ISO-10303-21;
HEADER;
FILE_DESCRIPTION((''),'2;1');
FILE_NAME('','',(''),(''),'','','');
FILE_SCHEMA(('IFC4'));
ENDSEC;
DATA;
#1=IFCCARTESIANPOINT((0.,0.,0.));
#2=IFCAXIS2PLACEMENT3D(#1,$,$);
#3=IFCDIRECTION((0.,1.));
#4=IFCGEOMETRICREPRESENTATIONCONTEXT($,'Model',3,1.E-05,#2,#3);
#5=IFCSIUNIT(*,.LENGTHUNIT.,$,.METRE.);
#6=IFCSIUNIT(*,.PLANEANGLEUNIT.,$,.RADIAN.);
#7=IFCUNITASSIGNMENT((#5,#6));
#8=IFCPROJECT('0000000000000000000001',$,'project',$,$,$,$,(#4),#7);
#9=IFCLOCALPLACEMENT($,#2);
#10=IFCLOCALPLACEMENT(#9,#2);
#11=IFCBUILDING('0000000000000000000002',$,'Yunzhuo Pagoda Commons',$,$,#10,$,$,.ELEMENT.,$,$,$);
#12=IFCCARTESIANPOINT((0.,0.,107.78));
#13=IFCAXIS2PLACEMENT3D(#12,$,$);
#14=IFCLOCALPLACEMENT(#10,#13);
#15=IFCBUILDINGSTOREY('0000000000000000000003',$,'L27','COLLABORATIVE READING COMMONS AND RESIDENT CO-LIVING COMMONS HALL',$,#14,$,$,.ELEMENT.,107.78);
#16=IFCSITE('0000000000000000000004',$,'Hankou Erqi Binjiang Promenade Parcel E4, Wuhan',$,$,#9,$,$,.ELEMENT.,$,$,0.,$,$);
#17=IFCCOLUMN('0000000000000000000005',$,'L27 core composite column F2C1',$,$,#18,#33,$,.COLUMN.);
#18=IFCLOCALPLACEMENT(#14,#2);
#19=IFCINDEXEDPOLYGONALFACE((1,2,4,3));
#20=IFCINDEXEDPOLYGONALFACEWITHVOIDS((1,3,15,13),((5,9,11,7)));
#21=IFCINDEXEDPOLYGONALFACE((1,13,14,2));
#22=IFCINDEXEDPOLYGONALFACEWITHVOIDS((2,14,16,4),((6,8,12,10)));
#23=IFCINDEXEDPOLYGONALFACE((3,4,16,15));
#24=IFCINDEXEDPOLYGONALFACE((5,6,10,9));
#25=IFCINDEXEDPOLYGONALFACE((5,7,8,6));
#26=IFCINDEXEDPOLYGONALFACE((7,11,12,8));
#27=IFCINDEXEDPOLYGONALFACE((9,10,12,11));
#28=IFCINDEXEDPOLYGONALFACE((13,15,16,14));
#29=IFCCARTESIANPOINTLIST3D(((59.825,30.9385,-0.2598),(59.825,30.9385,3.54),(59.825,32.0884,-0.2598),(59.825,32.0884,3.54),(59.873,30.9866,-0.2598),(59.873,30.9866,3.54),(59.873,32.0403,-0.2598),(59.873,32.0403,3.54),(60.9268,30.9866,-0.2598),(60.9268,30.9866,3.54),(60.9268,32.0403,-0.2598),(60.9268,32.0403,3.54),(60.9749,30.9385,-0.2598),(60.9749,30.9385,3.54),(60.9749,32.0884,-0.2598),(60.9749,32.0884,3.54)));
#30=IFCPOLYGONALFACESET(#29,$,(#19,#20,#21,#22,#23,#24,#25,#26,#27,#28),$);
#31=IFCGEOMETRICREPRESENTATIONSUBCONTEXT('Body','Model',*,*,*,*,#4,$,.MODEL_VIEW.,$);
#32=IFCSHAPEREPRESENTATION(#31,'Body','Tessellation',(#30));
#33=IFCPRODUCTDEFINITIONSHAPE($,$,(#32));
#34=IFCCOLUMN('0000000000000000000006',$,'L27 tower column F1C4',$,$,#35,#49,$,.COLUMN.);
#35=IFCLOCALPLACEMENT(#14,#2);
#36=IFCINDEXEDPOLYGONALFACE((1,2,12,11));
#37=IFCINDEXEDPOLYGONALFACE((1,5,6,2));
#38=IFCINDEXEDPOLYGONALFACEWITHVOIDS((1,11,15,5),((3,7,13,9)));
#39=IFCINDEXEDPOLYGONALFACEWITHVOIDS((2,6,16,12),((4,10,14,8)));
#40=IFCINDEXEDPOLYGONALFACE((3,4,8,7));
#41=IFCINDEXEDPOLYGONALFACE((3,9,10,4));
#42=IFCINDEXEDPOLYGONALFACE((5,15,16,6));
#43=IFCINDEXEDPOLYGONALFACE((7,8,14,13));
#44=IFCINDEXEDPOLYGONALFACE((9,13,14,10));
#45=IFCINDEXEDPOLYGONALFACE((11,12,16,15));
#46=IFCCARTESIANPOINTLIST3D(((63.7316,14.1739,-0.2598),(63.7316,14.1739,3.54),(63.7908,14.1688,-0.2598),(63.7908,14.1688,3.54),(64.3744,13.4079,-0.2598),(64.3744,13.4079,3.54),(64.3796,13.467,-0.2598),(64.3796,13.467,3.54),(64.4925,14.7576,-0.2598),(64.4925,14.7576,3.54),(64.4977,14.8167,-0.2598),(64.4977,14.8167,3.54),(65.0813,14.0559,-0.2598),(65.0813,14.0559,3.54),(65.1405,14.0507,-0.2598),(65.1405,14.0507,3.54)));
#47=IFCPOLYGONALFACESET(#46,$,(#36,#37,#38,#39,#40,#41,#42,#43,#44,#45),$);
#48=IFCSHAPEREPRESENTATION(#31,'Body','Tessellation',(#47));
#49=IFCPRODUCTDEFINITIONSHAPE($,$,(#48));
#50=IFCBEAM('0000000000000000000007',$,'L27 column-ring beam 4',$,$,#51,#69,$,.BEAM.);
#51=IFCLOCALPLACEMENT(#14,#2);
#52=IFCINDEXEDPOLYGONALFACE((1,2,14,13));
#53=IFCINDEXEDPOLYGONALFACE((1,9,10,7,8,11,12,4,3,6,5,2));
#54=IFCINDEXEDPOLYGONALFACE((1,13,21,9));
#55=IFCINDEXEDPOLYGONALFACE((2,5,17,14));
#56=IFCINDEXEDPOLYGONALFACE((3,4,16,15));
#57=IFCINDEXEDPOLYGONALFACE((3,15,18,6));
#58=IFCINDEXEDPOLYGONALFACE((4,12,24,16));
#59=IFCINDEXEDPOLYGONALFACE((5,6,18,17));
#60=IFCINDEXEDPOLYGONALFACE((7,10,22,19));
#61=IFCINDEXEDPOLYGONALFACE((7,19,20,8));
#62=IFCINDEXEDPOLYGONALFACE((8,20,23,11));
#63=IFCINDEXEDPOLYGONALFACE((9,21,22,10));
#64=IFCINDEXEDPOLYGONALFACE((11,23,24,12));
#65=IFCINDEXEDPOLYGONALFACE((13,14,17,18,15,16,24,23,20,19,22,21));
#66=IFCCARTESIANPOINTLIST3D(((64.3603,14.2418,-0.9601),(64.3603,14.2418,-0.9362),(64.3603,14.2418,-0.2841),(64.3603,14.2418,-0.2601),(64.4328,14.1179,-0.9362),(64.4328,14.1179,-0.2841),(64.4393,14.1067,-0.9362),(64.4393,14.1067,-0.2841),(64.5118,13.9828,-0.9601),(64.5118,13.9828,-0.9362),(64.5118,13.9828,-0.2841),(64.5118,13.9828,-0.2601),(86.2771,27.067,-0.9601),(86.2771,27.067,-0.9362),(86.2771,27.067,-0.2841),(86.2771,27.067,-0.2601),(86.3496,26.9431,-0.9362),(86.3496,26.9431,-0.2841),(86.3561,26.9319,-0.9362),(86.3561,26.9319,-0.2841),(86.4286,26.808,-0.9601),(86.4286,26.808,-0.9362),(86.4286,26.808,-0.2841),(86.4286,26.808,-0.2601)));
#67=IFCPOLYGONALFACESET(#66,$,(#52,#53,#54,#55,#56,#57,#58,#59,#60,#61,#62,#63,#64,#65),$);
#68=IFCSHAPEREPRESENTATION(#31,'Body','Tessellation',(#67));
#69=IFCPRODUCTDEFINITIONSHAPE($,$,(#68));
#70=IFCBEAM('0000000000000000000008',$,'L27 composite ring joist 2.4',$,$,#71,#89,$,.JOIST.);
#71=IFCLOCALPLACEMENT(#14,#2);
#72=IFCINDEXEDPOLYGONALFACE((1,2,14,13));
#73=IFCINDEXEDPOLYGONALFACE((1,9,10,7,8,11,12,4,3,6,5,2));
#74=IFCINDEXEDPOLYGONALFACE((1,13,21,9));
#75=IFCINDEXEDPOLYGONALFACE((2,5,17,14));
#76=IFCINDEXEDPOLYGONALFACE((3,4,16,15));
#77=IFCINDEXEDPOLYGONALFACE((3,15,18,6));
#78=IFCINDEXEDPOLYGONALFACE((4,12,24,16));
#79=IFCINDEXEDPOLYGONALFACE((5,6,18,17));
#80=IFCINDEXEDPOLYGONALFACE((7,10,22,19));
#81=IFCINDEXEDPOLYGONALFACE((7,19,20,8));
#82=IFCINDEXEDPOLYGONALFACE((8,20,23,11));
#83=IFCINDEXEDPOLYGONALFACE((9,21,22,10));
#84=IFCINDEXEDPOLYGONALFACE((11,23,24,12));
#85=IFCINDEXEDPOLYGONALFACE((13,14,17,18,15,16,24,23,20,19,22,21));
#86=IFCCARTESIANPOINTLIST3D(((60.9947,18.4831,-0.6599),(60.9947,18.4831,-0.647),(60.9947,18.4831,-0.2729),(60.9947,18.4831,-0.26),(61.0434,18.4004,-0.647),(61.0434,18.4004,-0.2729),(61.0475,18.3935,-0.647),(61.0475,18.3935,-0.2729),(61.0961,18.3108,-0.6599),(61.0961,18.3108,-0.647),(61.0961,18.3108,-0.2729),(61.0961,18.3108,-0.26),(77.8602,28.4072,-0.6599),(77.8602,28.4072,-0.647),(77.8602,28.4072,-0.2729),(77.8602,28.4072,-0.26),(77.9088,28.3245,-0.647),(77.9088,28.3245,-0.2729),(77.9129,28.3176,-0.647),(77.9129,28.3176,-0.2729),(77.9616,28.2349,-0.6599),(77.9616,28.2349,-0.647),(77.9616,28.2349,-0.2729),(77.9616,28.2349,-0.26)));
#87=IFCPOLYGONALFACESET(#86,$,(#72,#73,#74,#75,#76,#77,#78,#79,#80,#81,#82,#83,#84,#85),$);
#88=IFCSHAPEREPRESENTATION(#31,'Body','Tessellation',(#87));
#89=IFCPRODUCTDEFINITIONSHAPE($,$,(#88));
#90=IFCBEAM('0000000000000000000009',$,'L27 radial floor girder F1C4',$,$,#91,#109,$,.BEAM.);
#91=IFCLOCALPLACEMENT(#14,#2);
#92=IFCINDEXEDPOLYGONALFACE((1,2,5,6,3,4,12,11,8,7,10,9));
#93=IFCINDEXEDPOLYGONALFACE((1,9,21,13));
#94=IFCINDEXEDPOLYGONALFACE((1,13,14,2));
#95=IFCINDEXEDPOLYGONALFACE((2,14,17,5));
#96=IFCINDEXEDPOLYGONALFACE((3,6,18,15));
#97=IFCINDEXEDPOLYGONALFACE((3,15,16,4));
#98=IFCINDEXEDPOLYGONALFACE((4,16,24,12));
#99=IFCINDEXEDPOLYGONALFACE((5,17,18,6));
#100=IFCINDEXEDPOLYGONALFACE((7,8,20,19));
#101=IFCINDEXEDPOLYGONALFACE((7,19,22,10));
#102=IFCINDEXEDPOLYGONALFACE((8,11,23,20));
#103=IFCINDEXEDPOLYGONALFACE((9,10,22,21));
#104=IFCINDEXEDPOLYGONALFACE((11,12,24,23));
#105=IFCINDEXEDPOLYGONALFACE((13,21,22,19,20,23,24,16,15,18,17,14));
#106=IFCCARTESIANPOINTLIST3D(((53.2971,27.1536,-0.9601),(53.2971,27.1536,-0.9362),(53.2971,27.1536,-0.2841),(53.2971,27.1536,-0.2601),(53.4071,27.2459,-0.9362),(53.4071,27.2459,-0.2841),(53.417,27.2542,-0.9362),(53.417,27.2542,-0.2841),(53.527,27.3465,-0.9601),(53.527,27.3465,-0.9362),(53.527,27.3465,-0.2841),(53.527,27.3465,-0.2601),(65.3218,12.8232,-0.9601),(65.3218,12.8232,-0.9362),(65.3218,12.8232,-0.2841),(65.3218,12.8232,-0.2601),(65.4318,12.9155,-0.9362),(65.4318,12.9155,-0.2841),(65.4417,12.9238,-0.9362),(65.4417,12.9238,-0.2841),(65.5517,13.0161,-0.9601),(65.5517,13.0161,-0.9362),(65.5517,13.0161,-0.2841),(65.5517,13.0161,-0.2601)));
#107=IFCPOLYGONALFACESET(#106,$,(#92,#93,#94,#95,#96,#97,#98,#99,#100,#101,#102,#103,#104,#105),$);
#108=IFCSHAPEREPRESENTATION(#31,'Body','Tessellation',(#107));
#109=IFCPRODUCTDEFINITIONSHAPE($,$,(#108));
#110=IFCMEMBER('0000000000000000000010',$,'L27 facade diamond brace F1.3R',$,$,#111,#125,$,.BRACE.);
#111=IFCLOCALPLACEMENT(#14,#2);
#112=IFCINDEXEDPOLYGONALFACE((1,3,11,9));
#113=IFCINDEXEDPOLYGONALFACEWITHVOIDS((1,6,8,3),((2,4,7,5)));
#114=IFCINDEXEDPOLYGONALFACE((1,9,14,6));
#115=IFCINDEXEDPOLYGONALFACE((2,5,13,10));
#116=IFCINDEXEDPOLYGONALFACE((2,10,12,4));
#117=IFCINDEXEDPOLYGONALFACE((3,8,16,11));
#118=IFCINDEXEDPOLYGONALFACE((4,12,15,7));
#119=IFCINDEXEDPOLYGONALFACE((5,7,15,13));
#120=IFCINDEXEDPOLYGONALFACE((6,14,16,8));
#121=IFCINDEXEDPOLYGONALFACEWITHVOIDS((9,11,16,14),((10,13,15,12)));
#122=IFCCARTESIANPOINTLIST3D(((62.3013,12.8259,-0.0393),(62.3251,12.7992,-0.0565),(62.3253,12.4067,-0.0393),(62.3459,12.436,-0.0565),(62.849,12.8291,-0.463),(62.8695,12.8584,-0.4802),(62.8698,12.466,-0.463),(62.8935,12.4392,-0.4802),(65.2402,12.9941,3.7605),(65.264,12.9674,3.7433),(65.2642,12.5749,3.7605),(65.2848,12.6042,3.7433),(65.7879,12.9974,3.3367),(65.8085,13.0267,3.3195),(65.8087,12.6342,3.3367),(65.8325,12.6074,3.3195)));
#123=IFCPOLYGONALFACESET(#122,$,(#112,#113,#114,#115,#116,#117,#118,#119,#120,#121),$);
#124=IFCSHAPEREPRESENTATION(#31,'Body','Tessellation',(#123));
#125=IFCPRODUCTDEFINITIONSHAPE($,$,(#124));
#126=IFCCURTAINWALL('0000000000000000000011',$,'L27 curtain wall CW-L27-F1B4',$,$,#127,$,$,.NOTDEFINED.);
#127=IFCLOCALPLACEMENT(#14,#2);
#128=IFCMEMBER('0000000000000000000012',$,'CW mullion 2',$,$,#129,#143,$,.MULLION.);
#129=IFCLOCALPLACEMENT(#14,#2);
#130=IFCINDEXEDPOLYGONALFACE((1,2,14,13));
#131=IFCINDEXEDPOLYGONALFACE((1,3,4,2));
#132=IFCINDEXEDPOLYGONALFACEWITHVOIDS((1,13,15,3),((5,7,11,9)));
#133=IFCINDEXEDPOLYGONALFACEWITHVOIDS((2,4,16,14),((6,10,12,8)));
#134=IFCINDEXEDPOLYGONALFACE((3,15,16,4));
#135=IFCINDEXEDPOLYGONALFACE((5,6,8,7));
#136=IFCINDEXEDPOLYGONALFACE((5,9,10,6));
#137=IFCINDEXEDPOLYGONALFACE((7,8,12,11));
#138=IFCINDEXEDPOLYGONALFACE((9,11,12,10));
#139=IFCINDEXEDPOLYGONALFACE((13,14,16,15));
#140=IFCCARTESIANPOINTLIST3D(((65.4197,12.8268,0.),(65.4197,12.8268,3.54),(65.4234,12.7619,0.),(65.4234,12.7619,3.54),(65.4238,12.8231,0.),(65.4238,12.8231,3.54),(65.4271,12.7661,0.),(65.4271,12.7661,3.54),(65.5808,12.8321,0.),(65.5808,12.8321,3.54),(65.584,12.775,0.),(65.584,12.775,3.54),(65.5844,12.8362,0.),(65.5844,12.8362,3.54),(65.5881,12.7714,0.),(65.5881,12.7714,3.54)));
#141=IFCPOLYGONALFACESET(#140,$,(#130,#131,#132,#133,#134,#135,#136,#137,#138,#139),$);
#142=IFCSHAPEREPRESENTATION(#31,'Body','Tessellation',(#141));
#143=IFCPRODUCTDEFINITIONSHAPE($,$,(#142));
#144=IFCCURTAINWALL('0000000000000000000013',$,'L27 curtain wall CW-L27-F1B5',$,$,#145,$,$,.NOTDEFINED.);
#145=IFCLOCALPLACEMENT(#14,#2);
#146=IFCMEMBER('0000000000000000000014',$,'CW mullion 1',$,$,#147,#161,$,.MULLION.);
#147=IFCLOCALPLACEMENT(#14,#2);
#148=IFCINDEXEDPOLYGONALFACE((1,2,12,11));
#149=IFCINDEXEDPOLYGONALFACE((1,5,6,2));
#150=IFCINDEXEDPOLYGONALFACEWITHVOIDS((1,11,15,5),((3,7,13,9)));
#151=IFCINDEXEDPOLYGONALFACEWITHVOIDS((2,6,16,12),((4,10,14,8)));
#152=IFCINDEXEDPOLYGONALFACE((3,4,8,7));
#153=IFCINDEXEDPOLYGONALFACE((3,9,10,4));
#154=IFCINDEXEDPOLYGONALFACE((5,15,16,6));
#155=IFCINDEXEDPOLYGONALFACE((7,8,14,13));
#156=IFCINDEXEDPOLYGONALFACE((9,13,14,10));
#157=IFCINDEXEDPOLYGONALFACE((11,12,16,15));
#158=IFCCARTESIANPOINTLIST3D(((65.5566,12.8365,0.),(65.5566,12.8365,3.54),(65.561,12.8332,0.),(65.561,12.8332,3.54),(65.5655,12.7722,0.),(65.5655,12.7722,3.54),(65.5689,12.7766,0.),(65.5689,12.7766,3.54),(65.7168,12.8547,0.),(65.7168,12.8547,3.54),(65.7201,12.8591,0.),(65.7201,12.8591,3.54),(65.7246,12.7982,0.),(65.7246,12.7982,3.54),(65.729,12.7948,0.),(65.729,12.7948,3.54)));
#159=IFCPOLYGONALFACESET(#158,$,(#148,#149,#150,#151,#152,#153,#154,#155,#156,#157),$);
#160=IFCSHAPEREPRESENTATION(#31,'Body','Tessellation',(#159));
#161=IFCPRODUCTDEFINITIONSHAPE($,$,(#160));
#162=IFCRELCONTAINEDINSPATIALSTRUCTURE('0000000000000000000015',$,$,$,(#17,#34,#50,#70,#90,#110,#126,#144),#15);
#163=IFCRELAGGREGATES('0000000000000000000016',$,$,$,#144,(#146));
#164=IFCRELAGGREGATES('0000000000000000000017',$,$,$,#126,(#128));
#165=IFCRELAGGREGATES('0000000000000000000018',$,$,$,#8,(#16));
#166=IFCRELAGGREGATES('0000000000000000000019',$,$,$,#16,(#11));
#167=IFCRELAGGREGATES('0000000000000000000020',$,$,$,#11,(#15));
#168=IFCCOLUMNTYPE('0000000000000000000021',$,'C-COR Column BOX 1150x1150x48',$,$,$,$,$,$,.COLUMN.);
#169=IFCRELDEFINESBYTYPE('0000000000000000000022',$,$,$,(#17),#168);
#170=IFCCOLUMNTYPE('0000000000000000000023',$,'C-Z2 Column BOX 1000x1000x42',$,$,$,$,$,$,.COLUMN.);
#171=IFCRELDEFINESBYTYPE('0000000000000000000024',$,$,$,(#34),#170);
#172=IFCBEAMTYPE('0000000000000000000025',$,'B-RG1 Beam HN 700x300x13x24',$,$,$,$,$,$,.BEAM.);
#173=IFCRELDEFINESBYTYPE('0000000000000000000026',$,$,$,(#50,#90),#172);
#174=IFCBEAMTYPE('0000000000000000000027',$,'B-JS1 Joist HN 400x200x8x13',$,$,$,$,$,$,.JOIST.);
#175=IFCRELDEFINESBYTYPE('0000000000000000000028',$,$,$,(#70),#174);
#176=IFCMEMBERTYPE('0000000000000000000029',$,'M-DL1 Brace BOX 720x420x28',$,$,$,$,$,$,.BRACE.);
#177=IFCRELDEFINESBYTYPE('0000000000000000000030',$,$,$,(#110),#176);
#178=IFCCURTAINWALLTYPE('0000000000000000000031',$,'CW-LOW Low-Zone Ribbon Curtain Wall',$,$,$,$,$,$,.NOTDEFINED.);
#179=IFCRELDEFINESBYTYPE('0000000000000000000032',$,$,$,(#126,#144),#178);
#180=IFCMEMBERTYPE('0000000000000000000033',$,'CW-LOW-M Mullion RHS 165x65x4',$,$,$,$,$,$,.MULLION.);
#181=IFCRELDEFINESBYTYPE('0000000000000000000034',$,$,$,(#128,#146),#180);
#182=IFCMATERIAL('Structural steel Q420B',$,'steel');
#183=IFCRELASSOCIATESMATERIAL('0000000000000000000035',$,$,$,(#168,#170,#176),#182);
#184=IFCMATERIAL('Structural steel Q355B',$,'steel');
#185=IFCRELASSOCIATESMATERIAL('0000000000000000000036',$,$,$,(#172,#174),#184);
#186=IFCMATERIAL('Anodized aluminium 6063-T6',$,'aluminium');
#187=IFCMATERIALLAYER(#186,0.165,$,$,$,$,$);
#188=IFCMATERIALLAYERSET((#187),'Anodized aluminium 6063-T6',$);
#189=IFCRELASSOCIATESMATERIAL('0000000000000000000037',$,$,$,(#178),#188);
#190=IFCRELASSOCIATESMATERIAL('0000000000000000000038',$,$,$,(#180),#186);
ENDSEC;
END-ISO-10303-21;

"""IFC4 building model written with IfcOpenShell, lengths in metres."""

from ifc_helpers import new_model, si_unit, direction, frame, origin, origin_2d, place, context, subcontext, project, spatial, hollow_rectangle, i_section, extrude, source, transform, mapped, material, layer, layer_set, material_profile, profile_set, type_object, element, aggregate, save


model = new_model("IFC4")

# Units and contexts
model_context = context("Model", 3, precision=1e-05, world=origin(), true_north=direction((0.0, 1.0)))
body_context = subcontext(model_context, "Body", "Model", "MODEL_VIEW")
ifc_project = project(units=[si_unit("LENGTHUNIT", "METRE"), si_unit("PLANEANGLEUNIT", "RADIAN")], contexts=[model_context])

# Site, building, storey
site_placement = place(None, origin())
site = spatial("IfcSite", under=ifc_project, at=site_placement, Name="Hankou Erqi Binjiang Promenade Parcel E4, Wuhan", CompositionType="ELEMENT", RefElevation=0.0)
building_placement = place(site_placement, origin())
building = spatial("IfcBuilding", under=site, at=building_placement, Name="Yunzhuo Pagoda Commons", CompositionType="ELEMENT")
storey_placement = place(building_placement, frame((0.0, 0.0, 107.78)))
storey = spatial("IfcBuildingStorey", under=building, at=storey_placement, Name="L27", Description="COLLABORATIVE READING COMMONS AND RESIDENT CO-LIVING COMMONS HALL", CompositionType="ELEMENT", Elevation=107.78)

# Columns
ifc_material_1 = material(Name="Structural steel Q420B", Category="steel")
ifc_material_profile_1 = material_profile(ifc_material_1, hollow_rectangle(XDim=1.1499, YDim=1.1499, WallThickness=0.0481, at=origin_2d()), Name="Structural steel Q420B")
ifc_profile_set_1 = profile_set([ifc_material_profile_1], Name="Structural steel Q420B")
column_type_1 = type_object("IfcColumnType", Name="C-COR Column BOX 1150x1150x48", PredefinedType="COLUMN", material=ifc_profile_set_1)
shared_shape_1 = source(origin(), body_context, "Body", "SweptSolid", [
    extrude(hollow_rectangle(XDim=1.1499, YDim=1.1499, WallThickness=0.0481, at=origin_2d()), origin(), (0.0, 0.0, 1.0), 3.7998),
])
column_1_placement = place(storey_placement, frame((60.3999, 31.5134, -0.2598), z_axis=(0.0, 0.0, 1.0), x_axis=(1.0, 0.0, 0.0)))
element("IfcColumn", 1, at=column_1_placement, inside=storey, type_object=column_type_1, Name="L27 core composite column F2C1", PredefinedType="COLUMN", context=body_context, shape_type="MappedRepresentation", body=[
    mapped(shared_shape_1, transform((0.0, 0.0, 0.0), scale=1.0)),
])
ifc_material_profile_2 = material_profile(ifc_material_1, hollow_rectangle(XDim=1.0, YDim=1.0, WallThickness=0.042, at=origin_2d()), Name="Structural steel Q420B")
ifc_profile_set_2 = profile_set([ifc_material_profile_2], Name="Structural steel Q420B")
column_type_2 = type_object("IfcColumnType", Name="C-Z2 Column BOX 1000x1000x42", PredefinedType="COLUMN", material=ifc_profile_set_2)
shared_shape_2 = source(origin(), body_context, "Body", "SweptSolid", [
    extrude(hollow_rectangle(XDim=1.0, YDim=1.0, WallThickness=0.042, at=origin_2d()), origin(), (0.0, 0.0, 1.0), 3.7998),
])
column_2_placement = place(storey_placement, frame((64.436, 14.1123, -0.2598), z_axis=(0.0, 0.0, 1.0), x_axis=(0.766044, 0.642788, 0.0)))
element("IfcColumn", 2, at=column_2_placement, inside=storey, type_object=column_type_2, Name="L27 tower column F1C4", PredefinedType="COLUMN", context=body_context, shape_type="MappedRepresentation", body=[
    mapped(shared_shape_2, transform((0.0, 0.0, 0.0), scale=1.0)),
])

# Beams
ifc_material_2 = material(Name="Structural steel Q355B", Category="steel")
ifc_material_profile_3 = material_profile(ifc_material_2, i_section(OverallWidth=0.3, OverallDepth=0.7, WebThickness=0.0129, FlangeThickness=0.0239, at=origin_2d()), Name="Structural steel Q355B")
ifc_profile_set_3 = profile_set([ifc_material_profile_3], Name="Structural steel Q355B")
beam_type_1 = type_object("IfcBeamType", Name="B-RG1 Beam HN 700x300x13x24", PredefinedType="BEAM", material=ifc_profile_set_3)
shared_shape_3 = source(origin(), body_context, "Body", "SweptSolid", [
    extrude(i_section(OverallWidth=0.3, OverallDepth=0.7, WebThickness=0.0129, FlangeThickness=0.0239, at=origin_2d()), origin(), (0.0, 0.0, 1.0), 25.3936),
])
beam_1_placement = place(storey_placement, frame((64.436, 14.1123, -0.6101), z_axis=(0.863085, 0.505058, 0.0), x_axis=(-0.505058, 0.863085, 0.0)))
element("IfcBeam", 3, at=beam_1_placement, inside=storey, type_object=beam_type_1, Name="L27 column-ring beam 4", PredefinedType="BEAM", context=body_context, shape_type="MappedRepresentation", body=[
    mapped(shared_shape_3, transform((0.0, 0.0, 0.0), scale=1.0)),
])
ifc_material_profile_4 = material_profile(ifc_material_2, i_section(OverallWidth=0.2, OverallDepth=0.3999, WebThickness=0.0081, FlangeThickness=0.0129, at=origin_2d()), Name="Structural steel Q355B")
ifc_profile_set_4 = profile_set([ifc_material_profile_4], Name="Structural steel Q355B")
beam_type_2 = type_object("IfcBeamType", Name="B-JS1 Joist HN 400x200x8x13", PredefinedType="JOIST", material=ifc_profile_set_4)
shared_shape_4 = source(origin(), body_context, "Body", "SweptSolid", [
    extrude(i_section(OverallWidth=0.2, OverallDepth=0.3999, WebThickness=0.0081, FlangeThickness=0.0129, at=origin_2d()), origin(), (0.0, 0.0, 1.0), 19.5686),
])
beam_2_placement = place(storey_placement, frame((61.0454, 18.397, -0.46), z_axis=(0.861863, 0.507142, 0.0), x_axis=(-0.507142, 0.861863, 0.0)))
element("IfcBeam", 4, at=beam_2_placement, inside=storey, type_object=beam_type_2, Name="L27 composite ring joist 2.4", PredefinedType="JOIST", context=body_context, shape_type="MappedRepresentation", body=[
    mapped(shared_shape_4, transform((0.0, 0.0, 0.0), scale=1.0)),
])
shared_shape_5 = source(origin(), body_context, "Body", "SweptSolid", [
    extrude(i_section(OverallWidth=0.3, OverallDepth=0.7, WebThickness=0.0129, FlangeThickness=0.0239, at=origin_2d()), origin(), (0.0, 0.0, 1.0), 18.707),
])
beam_3_placement = place(storey_placement, frame((65.4368, 12.9197, -0.6101), z_axis=(-0.64279, 0.766042, 0.0), x_axis=(-0.766042, -0.64279, 0.0)))
element("IfcBeam", 5, at=beam_3_placement, inside=storey, type_object=beam_type_1, Name="L27 radial floor girder F1C4", PredefinedType="BEAM", context=body_context, shape_type="MappedRepresentation", body=[
    mapped(shared_shape_5, transform((0.0, 0.0, 0.0), scale=1.0)),
])

# Member
ifc_material_profile_5 = material_profile(ifc_material_1, hollow_rectangle(XDim=0.4199, YDim=0.72, WallThickness=0.0281, at=origin_2d()), Name="Structural steel Q420B")
ifc_profile_set_5 = profile_set([ifc_material_profile_5], Name="Structural steel Q420B")
member_type_1 = type_object("IfcMemberType", Name="M-DL1 Brace BOX 720x420x28", PredefinedType="BRACE", material=ifc_profile_set_5)
shared_shape_6 = source(origin(), body_context, "Body", "SweptSolid", [
    extrude(hollow_rectangle(XDim=0.4199, YDim=0.72, WallThickness=0.0281, at=origin_2d()), origin(), (0.0, 0.0, 1.0), 4.8066),
])
member_1_placement = place(storey_placement, frame((62.5974, 12.6326, -0.2598), z_axis=(0.611431, 0.034996, 0.790523), x_axis=(-0.057142, 0.998366, 0.0)))
element("IfcMember", 6, at=member_1_placement, inside=storey, type_object=member_type_1, Name="L27 facade diamond brace F1.3R", PredefinedType="BRACE", context=body_context, shape_type="MappedRepresentation", body=[
    mapped(shared_shape_6, transform((0.0, 0.0, 0.0), scale=1.0)),
])

# Curtain wall, member
ifc_material_3 = material(Name="Anodized aluminium 6063-T6", Category="aluminium")
ifc_layer_1 = layer(ifc_material_3, 0.165)
ifc_layer_set_1 = layer_set([ifc_layer_1], Name="Anodized aluminium 6063-T6")
curtain_wall_type = type_object("IfcCurtainWallType", Name="CW-LOW Low-Zone Ribbon Curtain Wall", PredefinedType="NOTDEFINED", material=ifc_layer_set_1)
curtain_wall_1_placement = place(storey_placement, origin())
curtain_wall_1 = element("IfcCurtainWall", 7, at=curtain_wall_1_placement, inside=storey, type_object=curtain_wall_type, Name="L27 curtain wall CW-L27-F1B4", PredefinedType="NOTDEFINED")
ifc_material_profile_6 = material_profile(ifc_material_3, hollow_rectangle(XDim=0.0649, YDim=0.165, WallThickness=0.0039, at=origin_2d()), Name="Anodized aluminium 6063-T6")
ifc_profile_set_6 = profile_set([ifc_material_profile_6], Name="Anodized aluminium 6063-T6")
member_type_2 = type_object("IfcMemberType", Name="CW-LOW-M Mullion RHS 165x65x4", PredefinedType="MULLION", material=ifc_profile_set_6)
shared_shape_7 = source(origin(), body_context, "Body", "SweptSolid", [
    extrude(hollow_rectangle(XDim=0.0649, YDim=0.165, WallThickness=0.0039, at=origin_2d()), origin(), (0.0, 0.0, 1.0), 3.54),
])
member_2_placement = place(storey_placement, frame((65.5039, 12.7991, 0.0), z_axis=(0.0, 0.0, 1.0), x_axis=(-0.057153, 0.998365, 0.0)))
member_2 = element("IfcMember", 8, at=member_2_placement, type_object=member_type_2, Name="CW mullion 2", PredefinedType="MULLION", context=body_context, shape_type="MappedRepresentation", body=[
    mapped(shared_shape_7, transform((0.0, 0.0, 0.0), scale=1.0)),
])

# Curtain wall, member
curtain_wall_2_placement = place(storey_placement, origin())
curtain_wall_2 = element("IfcCurtainWall", 9, at=curtain_wall_2_placement, inside=storey, type_object=curtain_wall_type, Name="L27 curtain wall CW-L27-F1B5", PredefinedType="NOTDEFINED")
member_3_placement = place(storey_placement, frame((65.6428, 12.8157, 0.0), z_axis=(0.0, 0.0, 1.0), x_axis=(-0.137082, 0.99056, 0.0)))
member_3 = element("IfcMember", 10, at=member_3_placement, type_object=member_type_2, Name="CW mullion 1", PredefinedType="MULLION", context=body_context, shape_type="MappedRepresentation", body=[
    mapped(shared_shape_7, transform((0.0, 0.0, 0.0), scale=1.0)),
])
aggregate(curtain_wall_2, [member_3])

aggregate(curtain_wall_1, [member_2])

save(model, "model.ifc")
